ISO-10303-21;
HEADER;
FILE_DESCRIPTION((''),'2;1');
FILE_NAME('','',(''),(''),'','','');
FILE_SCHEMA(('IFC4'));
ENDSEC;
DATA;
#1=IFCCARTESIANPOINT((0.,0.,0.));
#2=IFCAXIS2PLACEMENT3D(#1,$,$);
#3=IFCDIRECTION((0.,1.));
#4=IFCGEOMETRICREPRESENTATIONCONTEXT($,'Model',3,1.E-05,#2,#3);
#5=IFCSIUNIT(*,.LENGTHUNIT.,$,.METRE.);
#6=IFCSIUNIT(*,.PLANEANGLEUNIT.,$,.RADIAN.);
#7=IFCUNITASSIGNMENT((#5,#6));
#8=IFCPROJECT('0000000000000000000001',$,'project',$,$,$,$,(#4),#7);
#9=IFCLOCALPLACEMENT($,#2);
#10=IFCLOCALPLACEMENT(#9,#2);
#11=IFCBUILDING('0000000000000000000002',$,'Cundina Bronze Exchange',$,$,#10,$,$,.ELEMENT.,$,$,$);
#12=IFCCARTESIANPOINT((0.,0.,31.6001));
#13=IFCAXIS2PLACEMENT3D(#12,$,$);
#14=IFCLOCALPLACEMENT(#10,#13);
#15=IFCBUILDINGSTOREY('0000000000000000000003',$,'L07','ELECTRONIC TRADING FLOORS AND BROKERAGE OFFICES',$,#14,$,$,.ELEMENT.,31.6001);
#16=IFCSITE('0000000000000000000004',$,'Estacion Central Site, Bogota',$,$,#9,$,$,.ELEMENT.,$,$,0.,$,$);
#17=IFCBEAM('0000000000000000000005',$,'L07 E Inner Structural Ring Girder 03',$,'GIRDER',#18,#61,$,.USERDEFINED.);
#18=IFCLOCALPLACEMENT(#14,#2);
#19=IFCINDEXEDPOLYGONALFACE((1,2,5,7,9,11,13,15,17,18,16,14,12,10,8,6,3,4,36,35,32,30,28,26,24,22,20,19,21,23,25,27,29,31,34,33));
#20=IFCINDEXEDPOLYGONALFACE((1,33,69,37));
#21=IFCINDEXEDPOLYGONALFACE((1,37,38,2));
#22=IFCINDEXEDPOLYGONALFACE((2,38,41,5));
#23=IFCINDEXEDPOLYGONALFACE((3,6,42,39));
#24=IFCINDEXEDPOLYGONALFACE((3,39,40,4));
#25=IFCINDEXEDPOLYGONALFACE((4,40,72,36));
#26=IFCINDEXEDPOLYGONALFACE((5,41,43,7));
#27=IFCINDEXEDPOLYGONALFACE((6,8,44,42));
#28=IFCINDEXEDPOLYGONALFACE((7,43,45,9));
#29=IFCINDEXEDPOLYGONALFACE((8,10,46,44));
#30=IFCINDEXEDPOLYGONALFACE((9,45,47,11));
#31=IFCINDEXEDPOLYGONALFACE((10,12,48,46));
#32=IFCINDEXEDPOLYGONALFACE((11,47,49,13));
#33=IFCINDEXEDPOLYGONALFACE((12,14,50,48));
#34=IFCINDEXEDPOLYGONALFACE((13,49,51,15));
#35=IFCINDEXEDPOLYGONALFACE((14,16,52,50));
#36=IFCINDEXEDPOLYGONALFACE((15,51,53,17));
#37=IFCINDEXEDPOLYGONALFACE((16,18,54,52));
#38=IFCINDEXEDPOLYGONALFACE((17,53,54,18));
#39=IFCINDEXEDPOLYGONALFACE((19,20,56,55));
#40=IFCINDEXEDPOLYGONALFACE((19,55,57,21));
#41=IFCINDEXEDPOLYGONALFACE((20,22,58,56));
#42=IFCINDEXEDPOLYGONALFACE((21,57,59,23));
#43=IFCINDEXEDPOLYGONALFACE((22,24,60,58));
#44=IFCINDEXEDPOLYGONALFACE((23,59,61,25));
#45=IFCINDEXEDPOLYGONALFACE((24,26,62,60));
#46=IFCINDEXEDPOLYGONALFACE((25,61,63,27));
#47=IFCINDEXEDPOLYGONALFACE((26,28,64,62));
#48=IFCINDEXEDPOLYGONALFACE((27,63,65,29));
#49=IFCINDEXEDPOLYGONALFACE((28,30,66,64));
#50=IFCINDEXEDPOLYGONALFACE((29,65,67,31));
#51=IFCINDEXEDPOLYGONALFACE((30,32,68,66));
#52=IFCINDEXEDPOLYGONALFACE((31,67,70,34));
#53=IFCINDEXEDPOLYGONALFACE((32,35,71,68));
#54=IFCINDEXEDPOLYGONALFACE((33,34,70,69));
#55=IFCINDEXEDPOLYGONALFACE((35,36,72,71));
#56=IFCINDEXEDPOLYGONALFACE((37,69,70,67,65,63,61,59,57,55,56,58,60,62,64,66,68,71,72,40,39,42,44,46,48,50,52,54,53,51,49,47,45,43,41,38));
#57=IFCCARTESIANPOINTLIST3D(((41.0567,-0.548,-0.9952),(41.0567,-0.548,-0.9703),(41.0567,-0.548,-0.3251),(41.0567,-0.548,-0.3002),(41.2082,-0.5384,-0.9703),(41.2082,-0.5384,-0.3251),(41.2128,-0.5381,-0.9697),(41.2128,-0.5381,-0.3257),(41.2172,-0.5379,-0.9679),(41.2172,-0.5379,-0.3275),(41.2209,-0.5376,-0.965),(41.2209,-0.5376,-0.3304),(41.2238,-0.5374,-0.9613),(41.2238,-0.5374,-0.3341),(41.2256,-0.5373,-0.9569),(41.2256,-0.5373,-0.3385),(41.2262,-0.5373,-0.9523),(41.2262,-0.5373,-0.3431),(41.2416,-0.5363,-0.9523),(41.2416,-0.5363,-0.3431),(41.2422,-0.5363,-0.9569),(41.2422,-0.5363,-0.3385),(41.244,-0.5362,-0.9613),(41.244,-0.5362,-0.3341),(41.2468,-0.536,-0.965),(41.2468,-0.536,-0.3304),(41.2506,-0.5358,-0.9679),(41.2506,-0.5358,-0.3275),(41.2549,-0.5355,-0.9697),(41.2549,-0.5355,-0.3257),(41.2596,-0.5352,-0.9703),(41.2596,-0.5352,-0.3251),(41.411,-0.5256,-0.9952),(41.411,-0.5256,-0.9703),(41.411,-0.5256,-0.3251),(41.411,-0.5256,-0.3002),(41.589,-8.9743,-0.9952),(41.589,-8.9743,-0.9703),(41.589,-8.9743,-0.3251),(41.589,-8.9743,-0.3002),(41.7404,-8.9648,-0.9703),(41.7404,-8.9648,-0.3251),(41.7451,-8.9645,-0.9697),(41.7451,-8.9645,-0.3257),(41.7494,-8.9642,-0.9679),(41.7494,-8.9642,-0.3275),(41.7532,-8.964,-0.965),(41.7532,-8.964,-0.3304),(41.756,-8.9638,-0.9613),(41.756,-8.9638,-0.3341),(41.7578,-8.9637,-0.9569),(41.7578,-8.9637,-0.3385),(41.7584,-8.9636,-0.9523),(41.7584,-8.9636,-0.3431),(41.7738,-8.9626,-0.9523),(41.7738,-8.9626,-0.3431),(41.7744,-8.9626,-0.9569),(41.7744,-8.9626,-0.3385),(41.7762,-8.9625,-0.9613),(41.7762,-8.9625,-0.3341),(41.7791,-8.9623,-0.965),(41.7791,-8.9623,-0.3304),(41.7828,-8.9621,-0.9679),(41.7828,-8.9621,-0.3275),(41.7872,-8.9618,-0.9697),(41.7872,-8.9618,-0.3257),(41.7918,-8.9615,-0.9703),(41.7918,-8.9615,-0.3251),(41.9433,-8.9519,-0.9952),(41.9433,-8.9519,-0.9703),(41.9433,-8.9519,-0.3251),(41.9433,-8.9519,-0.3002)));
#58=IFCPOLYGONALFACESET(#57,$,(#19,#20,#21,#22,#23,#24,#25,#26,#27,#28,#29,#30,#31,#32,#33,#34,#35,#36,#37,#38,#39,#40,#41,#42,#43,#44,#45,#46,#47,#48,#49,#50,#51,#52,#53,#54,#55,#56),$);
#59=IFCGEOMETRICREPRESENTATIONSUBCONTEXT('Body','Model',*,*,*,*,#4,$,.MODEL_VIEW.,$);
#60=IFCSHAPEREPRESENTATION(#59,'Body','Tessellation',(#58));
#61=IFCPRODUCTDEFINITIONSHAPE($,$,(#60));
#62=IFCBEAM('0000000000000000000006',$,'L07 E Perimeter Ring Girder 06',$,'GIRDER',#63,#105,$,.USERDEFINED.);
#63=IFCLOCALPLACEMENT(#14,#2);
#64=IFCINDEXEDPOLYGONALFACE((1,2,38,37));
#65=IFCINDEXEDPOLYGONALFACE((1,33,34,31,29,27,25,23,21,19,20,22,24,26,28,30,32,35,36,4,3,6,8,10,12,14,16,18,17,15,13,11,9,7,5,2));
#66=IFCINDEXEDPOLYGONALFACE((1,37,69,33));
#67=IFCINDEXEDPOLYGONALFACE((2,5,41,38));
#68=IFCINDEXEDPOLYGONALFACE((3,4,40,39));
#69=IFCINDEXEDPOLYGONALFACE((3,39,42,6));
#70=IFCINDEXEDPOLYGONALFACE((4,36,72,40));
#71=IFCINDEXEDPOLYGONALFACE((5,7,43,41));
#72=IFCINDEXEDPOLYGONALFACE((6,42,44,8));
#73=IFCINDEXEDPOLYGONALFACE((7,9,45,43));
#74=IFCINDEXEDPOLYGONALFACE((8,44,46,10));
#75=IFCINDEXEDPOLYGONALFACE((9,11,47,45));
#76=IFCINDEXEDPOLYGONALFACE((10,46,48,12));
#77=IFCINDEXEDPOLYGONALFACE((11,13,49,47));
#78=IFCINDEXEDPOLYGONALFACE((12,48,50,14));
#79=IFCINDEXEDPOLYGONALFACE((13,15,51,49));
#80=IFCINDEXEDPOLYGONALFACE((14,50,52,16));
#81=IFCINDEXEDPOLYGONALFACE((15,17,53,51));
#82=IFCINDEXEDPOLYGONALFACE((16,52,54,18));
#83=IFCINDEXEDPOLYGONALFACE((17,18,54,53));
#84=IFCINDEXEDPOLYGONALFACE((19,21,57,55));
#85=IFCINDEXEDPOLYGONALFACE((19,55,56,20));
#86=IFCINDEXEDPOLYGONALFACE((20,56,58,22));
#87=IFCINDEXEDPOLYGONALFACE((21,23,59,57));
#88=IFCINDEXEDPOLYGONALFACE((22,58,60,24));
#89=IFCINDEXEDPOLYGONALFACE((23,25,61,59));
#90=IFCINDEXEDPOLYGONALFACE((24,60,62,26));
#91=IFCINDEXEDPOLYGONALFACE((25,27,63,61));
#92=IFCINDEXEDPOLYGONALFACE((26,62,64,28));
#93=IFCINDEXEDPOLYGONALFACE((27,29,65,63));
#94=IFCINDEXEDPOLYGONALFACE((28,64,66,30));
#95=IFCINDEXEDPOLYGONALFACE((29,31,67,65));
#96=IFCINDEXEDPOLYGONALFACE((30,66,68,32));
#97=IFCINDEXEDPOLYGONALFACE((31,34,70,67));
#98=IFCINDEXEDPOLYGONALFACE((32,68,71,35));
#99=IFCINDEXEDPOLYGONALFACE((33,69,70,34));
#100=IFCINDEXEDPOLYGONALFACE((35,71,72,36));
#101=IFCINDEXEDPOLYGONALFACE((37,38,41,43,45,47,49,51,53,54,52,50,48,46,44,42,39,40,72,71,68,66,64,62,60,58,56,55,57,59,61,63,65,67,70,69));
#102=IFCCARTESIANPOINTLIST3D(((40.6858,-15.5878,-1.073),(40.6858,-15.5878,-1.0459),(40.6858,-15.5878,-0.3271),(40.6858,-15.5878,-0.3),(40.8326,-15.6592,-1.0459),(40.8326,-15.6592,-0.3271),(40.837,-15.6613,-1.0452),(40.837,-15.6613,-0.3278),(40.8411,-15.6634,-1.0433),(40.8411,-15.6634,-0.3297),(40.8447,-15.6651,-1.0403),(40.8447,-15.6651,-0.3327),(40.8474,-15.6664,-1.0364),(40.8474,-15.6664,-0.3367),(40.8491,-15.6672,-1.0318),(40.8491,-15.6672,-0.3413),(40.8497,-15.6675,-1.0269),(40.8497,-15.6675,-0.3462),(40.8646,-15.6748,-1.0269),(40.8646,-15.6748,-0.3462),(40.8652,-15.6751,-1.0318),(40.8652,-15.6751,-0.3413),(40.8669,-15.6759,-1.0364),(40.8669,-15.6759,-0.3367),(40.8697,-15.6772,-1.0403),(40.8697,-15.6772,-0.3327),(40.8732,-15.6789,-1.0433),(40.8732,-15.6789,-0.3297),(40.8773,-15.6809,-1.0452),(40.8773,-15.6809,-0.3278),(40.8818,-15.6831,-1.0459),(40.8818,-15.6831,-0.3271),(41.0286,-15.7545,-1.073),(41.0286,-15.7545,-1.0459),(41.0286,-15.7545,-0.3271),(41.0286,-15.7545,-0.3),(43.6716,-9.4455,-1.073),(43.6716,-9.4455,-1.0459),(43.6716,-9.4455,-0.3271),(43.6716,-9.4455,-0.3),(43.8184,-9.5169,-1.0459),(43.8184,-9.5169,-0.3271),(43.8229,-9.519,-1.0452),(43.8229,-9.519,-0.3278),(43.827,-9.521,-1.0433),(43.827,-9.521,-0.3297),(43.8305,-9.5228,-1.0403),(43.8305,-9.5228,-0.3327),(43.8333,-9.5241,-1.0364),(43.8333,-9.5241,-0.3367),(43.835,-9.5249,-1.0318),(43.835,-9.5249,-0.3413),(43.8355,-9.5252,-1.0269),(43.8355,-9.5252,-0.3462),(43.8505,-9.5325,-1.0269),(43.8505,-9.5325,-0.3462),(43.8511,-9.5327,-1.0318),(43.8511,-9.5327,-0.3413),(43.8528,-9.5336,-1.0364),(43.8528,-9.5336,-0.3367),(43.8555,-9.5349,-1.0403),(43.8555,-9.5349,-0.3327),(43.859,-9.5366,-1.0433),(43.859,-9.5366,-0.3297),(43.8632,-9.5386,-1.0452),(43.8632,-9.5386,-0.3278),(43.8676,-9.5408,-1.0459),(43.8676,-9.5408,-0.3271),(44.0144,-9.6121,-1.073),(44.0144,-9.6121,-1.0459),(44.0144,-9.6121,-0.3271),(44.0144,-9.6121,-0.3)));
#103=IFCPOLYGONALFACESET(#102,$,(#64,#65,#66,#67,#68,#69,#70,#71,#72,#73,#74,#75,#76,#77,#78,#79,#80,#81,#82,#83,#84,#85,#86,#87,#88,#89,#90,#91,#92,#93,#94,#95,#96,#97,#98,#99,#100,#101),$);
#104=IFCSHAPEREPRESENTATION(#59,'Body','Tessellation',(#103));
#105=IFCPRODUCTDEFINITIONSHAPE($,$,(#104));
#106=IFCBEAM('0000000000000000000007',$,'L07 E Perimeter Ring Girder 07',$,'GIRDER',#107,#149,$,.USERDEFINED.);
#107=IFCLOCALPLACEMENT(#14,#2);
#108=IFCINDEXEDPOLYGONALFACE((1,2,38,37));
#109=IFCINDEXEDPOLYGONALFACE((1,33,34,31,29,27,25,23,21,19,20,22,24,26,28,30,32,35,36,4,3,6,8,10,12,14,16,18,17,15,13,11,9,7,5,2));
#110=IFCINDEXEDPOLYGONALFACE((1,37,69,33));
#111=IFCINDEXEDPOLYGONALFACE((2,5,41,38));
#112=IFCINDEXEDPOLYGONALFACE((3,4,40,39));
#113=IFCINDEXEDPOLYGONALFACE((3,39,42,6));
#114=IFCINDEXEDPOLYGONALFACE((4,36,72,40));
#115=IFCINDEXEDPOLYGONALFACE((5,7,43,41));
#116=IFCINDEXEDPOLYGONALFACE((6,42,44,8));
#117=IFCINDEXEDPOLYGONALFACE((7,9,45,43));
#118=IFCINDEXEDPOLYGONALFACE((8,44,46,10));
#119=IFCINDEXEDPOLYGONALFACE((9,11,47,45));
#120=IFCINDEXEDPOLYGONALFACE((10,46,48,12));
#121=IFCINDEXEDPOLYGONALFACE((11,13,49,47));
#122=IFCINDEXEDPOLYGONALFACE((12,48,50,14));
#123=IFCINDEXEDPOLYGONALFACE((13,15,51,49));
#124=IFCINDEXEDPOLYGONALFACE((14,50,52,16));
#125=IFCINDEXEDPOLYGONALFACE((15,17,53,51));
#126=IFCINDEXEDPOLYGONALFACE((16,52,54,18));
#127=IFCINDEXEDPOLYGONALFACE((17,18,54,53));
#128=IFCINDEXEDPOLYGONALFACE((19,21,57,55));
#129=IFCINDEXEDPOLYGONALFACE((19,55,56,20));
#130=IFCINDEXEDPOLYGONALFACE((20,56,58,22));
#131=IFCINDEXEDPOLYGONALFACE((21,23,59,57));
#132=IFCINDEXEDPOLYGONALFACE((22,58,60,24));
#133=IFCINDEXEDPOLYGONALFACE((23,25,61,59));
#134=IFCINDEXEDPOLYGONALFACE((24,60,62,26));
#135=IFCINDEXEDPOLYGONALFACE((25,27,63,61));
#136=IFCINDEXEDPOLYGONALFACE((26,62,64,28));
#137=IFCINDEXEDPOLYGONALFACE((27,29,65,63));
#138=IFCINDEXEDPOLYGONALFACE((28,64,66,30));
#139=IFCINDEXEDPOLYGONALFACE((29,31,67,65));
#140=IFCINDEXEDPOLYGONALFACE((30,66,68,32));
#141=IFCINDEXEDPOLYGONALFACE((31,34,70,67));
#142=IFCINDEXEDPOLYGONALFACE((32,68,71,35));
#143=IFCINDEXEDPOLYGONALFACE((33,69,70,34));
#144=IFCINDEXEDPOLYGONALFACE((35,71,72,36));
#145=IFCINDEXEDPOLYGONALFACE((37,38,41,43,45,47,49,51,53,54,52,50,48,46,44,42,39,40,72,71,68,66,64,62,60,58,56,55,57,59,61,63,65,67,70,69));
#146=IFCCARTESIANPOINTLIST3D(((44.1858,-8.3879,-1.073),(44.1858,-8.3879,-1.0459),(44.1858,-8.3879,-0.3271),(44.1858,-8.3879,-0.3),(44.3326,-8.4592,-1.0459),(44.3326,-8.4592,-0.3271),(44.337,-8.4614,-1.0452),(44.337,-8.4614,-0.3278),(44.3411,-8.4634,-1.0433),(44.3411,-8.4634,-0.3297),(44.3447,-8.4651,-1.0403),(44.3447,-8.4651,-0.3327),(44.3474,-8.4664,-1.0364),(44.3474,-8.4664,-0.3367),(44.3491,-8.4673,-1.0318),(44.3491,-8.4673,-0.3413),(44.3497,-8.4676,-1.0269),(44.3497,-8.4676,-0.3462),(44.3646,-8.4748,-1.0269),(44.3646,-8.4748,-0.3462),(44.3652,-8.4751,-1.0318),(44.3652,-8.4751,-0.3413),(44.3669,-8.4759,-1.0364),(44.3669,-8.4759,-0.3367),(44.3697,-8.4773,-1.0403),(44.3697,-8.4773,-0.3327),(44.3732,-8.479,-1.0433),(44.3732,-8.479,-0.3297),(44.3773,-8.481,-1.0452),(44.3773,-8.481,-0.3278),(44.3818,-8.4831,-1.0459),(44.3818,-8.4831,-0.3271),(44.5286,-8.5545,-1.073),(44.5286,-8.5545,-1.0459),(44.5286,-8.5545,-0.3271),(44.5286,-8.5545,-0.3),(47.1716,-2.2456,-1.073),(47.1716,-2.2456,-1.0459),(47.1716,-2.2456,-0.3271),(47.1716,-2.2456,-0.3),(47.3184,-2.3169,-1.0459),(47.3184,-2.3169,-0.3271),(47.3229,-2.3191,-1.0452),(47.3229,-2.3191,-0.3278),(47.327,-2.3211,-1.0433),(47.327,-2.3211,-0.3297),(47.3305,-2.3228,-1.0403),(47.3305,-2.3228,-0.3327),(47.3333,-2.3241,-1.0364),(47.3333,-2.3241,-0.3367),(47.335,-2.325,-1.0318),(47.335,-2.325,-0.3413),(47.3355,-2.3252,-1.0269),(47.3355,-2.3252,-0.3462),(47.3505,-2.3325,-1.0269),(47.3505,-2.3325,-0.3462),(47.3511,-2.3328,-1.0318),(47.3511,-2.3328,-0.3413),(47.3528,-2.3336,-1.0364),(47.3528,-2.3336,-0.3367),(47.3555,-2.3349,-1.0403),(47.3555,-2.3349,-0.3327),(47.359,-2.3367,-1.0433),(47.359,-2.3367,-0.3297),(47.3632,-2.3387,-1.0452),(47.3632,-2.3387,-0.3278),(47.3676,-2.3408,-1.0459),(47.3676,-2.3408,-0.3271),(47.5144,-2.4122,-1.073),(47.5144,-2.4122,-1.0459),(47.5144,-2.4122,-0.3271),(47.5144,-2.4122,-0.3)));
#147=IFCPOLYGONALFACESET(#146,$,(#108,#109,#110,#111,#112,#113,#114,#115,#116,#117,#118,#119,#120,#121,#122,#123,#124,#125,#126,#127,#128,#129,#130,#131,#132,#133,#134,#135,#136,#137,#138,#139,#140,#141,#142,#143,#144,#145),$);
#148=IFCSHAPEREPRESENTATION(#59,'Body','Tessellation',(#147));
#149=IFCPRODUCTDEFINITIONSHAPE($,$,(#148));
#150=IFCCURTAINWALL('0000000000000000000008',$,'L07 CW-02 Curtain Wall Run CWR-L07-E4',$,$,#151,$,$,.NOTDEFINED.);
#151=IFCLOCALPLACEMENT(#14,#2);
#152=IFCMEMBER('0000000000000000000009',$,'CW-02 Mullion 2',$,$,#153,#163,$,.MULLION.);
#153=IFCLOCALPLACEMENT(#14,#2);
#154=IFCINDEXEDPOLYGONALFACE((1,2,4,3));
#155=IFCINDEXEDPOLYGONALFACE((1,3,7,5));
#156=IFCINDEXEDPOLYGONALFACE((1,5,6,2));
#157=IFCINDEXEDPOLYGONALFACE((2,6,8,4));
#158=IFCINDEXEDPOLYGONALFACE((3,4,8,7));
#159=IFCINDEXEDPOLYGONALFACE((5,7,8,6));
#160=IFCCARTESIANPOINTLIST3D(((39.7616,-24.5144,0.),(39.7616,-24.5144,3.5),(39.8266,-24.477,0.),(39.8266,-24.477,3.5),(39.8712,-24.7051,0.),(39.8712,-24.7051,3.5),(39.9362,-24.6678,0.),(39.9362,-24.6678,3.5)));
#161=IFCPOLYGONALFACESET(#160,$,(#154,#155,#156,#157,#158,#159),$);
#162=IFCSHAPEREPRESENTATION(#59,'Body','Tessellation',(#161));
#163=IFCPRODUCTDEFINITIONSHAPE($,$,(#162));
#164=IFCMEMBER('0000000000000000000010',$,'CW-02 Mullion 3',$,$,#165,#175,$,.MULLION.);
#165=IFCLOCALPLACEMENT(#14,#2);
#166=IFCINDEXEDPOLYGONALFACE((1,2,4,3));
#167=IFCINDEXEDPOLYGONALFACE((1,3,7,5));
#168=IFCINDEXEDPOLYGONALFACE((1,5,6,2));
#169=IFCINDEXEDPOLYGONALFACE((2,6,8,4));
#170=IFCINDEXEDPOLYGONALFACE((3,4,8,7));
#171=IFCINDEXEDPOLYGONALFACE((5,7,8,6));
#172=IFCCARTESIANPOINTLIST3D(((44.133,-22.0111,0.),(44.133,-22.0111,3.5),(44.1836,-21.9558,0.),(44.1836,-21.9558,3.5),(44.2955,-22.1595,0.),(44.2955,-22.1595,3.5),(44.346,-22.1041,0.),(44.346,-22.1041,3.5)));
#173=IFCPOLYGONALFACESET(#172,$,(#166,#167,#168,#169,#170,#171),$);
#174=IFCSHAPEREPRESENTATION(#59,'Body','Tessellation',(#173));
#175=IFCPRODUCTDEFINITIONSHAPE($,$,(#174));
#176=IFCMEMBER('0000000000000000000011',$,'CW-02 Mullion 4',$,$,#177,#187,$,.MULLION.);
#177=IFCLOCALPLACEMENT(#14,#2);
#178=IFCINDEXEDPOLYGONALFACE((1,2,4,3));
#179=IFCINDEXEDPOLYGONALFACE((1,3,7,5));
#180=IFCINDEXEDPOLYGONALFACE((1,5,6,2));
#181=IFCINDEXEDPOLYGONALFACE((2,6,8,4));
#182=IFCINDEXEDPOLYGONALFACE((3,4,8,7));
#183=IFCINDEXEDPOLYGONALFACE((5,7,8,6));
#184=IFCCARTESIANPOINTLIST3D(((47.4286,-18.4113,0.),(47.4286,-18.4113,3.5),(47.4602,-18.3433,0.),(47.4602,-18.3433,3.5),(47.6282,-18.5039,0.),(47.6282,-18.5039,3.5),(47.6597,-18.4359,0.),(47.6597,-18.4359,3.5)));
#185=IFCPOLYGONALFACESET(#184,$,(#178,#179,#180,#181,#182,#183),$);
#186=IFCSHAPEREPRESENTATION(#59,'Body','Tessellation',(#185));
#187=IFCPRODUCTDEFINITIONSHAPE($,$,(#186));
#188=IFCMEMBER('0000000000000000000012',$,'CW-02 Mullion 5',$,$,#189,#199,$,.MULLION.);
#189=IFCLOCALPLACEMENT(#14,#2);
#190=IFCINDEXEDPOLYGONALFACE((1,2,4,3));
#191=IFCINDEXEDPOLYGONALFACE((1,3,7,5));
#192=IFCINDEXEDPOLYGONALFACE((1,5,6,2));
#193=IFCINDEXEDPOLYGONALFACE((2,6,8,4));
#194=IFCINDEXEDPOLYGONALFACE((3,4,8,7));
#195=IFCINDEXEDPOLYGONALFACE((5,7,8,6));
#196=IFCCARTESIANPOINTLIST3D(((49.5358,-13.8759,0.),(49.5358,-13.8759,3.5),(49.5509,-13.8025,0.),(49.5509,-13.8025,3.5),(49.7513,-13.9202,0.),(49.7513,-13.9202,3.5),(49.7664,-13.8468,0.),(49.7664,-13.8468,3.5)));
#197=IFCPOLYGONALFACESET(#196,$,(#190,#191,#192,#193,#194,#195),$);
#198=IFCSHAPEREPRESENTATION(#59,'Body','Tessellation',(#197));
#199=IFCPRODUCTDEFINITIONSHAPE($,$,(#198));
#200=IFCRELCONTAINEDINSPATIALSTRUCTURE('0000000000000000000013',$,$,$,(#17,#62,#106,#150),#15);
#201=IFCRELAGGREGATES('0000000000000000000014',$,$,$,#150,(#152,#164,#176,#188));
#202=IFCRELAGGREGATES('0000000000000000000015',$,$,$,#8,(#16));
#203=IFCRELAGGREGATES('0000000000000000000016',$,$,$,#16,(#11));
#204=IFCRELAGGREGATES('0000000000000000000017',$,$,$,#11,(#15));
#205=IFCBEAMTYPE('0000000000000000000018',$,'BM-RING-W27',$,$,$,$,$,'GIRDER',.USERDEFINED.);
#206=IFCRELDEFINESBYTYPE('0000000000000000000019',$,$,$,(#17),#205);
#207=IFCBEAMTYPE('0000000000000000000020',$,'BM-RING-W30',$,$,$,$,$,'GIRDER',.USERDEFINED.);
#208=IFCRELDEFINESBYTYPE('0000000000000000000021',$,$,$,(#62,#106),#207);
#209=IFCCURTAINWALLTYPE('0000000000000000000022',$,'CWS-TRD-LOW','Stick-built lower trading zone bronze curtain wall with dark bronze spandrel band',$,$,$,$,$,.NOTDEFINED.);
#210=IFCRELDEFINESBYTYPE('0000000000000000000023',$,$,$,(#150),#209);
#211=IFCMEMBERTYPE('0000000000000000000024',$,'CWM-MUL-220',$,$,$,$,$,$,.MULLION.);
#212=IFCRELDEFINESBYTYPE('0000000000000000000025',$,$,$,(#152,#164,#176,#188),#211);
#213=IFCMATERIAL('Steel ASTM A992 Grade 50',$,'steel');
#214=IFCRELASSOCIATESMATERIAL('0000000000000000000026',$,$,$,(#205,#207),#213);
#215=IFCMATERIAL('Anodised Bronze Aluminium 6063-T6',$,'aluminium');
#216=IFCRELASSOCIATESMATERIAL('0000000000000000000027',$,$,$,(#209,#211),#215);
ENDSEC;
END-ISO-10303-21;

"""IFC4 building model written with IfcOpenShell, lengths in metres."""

from ifc_helpers import new_model, si_unit, direction, frame, origin, origin_2d, place, context, subcontext, project, spatial, rectangle, i_section, extrude, material, material_profile, profile_set, type_object, element, aggregate, save


model = new_model("IFC4")

# Units and contexts
model_context = context("Model", 3, precision=1e-05, world=origin(), true_north=direction((0.0, 1.0)))
body_context = subcontext(model_context, "Body", "Model", "MODEL_VIEW")
ifc_project = project(units=[si_unit("LENGTHUNIT", "METRE"), si_unit("PLANEANGLEUNIT", "RADIAN")], contexts=[model_context])

# Site, building, storey
site_placement = place(None, origin())
site = spatial("IfcSite", under=ifc_project, at=site_placement, Name="Estacion Central Site, Bogota", CompositionType="ELEMENT", RefElevation=0.0)
building_placement = place(site_placement, origin())
building = spatial("IfcBuilding", under=site, at=building_placement, Name="Cundina Bronze Exchange", CompositionType="ELEMENT")
storey_placement = place(building_placement, frame((0.0, 0.0, 31.6001)))
storey = spatial("IfcBuildingStorey", under=building, at=storey_placement, Name="L07", Description="ELECTRONIC TRADING FLOORS AND BROKERAGE OFFICES", CompositionType="ELEMENT", Elevation=31.6001)

# Beams
ifc_material_1 = material(Name="Steel ASTM A992 Grade 50", Category="steel")
ifc_material_profile_1 = material_profile(ifc_material_1, i_section(OverallWidth=0.355, OverallDepth=0.6951, WebThickness=0.0154, FlangeThickness=0.0249, FilletRadius=0.0181, at=origin_2d()), Name="W27X146", Category="steel")
ifc_profile_set_1 = profile_set([ifc_material_profile_1], Name="Steel ASTM A992 Grade 50")
beam_type_1 = type_object("IfcBeamType", Name="BM-RING-W27", ElementType="GIRDER", PredefinedType="USERDEFINED", material=ifc_profile_set_1)
beam_1_placement = place(storey_placement, frame((41.7661, -8.9631, -0.6477), z_axis=(-0.063037, 0.998011, 0.0), x_axis=(-0.998011, -0.063037, 0.0)))
element("IfcBeam", 1, at=beam_1_placement, inside=storey, type_object=beam_type_1, Name="L07 E Inner Structural Ring Girder 03", ObjectType="GIRDER", PredefinedType="USERDEFINED", context=body_context, shape_type="SweptSolid", body=[
    extrude(i_section(OverallWidth=0.355, OverallDepth=0.6951, WebThickness=0.0154, FlangeThickness=0.0249, FilletRadius=0.0181, at=origin_2d()), origin(), (0.0, 0.0, 1.0), 8.4431),
])
ifc_material_profile_2 = material_profile(ifc_material_1, i_section(OverallWidth=0.3811, OverallDepth=0.7729, WebThickness=0.0166, FlangeThickness=0.0271, FilletRadius=0.019, at=origin_2d()), Name="W30X173", Category="steel")
ifc_profile_set_2 = profile_set([ifc_material_profile_2], Name="Steel ASTM A992 Grade 50")
beam_type_2 = type_object("IfcBeamType", Name="BM-RING-W30", ElementType="GIRDER", PredefinedType="USERDEFINED", material=ifc_profile_set_2)
for number, where, z_axis, x_axis, name in (
    (2, (40.8572, -15.6711, -0.6865), (0.437191, 0.899369, 0.0), (-0.899369, 0.437191, 0.0), "L07 E Perimeter Ring Girder 06"),
    (3, (44.3572, -8.4712, -0.6865), (0.437191, 0.899369, 0.0), (-0.899369, 0.437191, 0.0), "L07 E Perimeter Ring Girder 07"),
):
    element("IfcBeam", number, at=place(storey_placement, frame(where, z_axis=z_axis, x_axis=x_axis)), inside=storey, type_object=beam_type_2, Name=name, ObjectType="GIRDER", PredefinedType="USERDEFINED", context=body_context, shape_type="SweptSolid", body=[
        extrude(i_section(OverallWidth=0.3811, OverallDepth=0.7729, WebThickness=0.0166, FlangeThickness=0.0271, FilletRadius=0.019, at=origin_2d()), origin(), (0.0, 0.0, 1.0), 6.8296),
    ])

# Curtain wall, members
ifc_material_2 = material(Name="Anodised Bronze Aluminium 6063-T6", Category="aluminium")
curtain_wall_type = type_object("IfcCurtainWallType", Name="CWS-TRD-LOW", Description="Stick-built lower trading zone bronze curtain wall with dark bronze spandrel band", PredefinedType="NOTDEFINED", material=ifc_material_2)
curtain_wall_placement = place(storey_placement, origin())
curtain_wall = element("IfcCurtainWall", 4, at=curtain_wall_placement, inside=storey, type_object=curtain_wall_type, Name="L07 CW-02 Curtain Wall Run CWR-L07-E4", PredefinedType="NOTDEFINED")
ifc_material_profile_3 = material_profile(ifc_material_2, rectangle(XDim=0.075, YDim=0.22, at=origin_2d()), Name="AL75X220", Category="aluminium")
ifc_profile_set_3 = profile_set([ifc_material_profile_3], Name="Anodised Bronze Aluminium 6063-T6")
member_type_1 = type_object("IfcMemberType", Name="CWM-MUL-220", PredefinedType="MULLION", material=ifc_profile_set_3)
member_1_placement = place(storey_placement, frame((39.8489, -24.5911, 0.0), z_axis=(0.0, 0.0, 1.0), x_axis=(0.867071, 0.498185, 0.0)))
member_1 = element("IfcMember", 5, at=member_1_placement, type_object=member_type_1, Name="CW-02 Mullion 2", PredefinedType="MULLION", context=body_context, shape_type="SweptSolid", body=[
    extrude(rectangle(XDim=0.075, YDim=0.22, at=origin_2d()), origin(), (0.0, 0.0, 1.0), 3.5),
])
member_2_placement = place(storey_placement, frame((44.2395, -22.0576, 0.0), z_axis=(0.0, 0.0, 1.0), x_axis=(0.674302, 0.738455, 0.0)))
member_2 = element("IfcMember", 6, at=member_2_placement, type_object=member_type_1, Name="CW-02 Mullion 3", PredefinedType="MULLION", context=body_context, shape_type="SweptSolid", body=[
    extrude(rectangle(XDim=0.075, YDim=0.22, at=origin_2d()), origin(), (0.0, 0.0, 1.0), 3.5),
])
member_3_placement = place(storey_placement, frame((47.5442, -18.4236, 0.0), z_axis=(0.0, 0.0, 1.0), x_axis=(0.420877, 0.907117, 0.0)))
member_3 = element("IfcMember", 7, at=member_3_placement, type_object=member_type_1, Name="CW-02 Mullion 4", PredefinedType="MULLION", context=body_context, shape_type="SweptSolid", body=[
    extrude(rectangle(XDim=0.075, YDim=0.22, at=origin_2d()), origin(), (0.0, 0.0, 1.0), 3.5),
])
member_4_placement = place(storey_placement, frame((49.6511, -13.8613, 0.0), z_axis=(0.0, 0.0, 1.0), x_axis=(0.20142, 0.979505, 0.0)))
member_4 = element("IfcMember", 8, at=member_4_placement, type_object=member_type_1, Name="CW-02 Mullion 5", PredefinedType="MULLION", context=body_context, shape_type="SweptSolid", body=[
    extrude(rectangle(XDim=0.075, YDim=0.22, at=origin_2d()), origin(), (0.0, 0.0, 1.0), 3.5),
])
aggregate(curtain_wall, [member_1, member_2, member_3, member_4])

save(model, "model.ifc")
